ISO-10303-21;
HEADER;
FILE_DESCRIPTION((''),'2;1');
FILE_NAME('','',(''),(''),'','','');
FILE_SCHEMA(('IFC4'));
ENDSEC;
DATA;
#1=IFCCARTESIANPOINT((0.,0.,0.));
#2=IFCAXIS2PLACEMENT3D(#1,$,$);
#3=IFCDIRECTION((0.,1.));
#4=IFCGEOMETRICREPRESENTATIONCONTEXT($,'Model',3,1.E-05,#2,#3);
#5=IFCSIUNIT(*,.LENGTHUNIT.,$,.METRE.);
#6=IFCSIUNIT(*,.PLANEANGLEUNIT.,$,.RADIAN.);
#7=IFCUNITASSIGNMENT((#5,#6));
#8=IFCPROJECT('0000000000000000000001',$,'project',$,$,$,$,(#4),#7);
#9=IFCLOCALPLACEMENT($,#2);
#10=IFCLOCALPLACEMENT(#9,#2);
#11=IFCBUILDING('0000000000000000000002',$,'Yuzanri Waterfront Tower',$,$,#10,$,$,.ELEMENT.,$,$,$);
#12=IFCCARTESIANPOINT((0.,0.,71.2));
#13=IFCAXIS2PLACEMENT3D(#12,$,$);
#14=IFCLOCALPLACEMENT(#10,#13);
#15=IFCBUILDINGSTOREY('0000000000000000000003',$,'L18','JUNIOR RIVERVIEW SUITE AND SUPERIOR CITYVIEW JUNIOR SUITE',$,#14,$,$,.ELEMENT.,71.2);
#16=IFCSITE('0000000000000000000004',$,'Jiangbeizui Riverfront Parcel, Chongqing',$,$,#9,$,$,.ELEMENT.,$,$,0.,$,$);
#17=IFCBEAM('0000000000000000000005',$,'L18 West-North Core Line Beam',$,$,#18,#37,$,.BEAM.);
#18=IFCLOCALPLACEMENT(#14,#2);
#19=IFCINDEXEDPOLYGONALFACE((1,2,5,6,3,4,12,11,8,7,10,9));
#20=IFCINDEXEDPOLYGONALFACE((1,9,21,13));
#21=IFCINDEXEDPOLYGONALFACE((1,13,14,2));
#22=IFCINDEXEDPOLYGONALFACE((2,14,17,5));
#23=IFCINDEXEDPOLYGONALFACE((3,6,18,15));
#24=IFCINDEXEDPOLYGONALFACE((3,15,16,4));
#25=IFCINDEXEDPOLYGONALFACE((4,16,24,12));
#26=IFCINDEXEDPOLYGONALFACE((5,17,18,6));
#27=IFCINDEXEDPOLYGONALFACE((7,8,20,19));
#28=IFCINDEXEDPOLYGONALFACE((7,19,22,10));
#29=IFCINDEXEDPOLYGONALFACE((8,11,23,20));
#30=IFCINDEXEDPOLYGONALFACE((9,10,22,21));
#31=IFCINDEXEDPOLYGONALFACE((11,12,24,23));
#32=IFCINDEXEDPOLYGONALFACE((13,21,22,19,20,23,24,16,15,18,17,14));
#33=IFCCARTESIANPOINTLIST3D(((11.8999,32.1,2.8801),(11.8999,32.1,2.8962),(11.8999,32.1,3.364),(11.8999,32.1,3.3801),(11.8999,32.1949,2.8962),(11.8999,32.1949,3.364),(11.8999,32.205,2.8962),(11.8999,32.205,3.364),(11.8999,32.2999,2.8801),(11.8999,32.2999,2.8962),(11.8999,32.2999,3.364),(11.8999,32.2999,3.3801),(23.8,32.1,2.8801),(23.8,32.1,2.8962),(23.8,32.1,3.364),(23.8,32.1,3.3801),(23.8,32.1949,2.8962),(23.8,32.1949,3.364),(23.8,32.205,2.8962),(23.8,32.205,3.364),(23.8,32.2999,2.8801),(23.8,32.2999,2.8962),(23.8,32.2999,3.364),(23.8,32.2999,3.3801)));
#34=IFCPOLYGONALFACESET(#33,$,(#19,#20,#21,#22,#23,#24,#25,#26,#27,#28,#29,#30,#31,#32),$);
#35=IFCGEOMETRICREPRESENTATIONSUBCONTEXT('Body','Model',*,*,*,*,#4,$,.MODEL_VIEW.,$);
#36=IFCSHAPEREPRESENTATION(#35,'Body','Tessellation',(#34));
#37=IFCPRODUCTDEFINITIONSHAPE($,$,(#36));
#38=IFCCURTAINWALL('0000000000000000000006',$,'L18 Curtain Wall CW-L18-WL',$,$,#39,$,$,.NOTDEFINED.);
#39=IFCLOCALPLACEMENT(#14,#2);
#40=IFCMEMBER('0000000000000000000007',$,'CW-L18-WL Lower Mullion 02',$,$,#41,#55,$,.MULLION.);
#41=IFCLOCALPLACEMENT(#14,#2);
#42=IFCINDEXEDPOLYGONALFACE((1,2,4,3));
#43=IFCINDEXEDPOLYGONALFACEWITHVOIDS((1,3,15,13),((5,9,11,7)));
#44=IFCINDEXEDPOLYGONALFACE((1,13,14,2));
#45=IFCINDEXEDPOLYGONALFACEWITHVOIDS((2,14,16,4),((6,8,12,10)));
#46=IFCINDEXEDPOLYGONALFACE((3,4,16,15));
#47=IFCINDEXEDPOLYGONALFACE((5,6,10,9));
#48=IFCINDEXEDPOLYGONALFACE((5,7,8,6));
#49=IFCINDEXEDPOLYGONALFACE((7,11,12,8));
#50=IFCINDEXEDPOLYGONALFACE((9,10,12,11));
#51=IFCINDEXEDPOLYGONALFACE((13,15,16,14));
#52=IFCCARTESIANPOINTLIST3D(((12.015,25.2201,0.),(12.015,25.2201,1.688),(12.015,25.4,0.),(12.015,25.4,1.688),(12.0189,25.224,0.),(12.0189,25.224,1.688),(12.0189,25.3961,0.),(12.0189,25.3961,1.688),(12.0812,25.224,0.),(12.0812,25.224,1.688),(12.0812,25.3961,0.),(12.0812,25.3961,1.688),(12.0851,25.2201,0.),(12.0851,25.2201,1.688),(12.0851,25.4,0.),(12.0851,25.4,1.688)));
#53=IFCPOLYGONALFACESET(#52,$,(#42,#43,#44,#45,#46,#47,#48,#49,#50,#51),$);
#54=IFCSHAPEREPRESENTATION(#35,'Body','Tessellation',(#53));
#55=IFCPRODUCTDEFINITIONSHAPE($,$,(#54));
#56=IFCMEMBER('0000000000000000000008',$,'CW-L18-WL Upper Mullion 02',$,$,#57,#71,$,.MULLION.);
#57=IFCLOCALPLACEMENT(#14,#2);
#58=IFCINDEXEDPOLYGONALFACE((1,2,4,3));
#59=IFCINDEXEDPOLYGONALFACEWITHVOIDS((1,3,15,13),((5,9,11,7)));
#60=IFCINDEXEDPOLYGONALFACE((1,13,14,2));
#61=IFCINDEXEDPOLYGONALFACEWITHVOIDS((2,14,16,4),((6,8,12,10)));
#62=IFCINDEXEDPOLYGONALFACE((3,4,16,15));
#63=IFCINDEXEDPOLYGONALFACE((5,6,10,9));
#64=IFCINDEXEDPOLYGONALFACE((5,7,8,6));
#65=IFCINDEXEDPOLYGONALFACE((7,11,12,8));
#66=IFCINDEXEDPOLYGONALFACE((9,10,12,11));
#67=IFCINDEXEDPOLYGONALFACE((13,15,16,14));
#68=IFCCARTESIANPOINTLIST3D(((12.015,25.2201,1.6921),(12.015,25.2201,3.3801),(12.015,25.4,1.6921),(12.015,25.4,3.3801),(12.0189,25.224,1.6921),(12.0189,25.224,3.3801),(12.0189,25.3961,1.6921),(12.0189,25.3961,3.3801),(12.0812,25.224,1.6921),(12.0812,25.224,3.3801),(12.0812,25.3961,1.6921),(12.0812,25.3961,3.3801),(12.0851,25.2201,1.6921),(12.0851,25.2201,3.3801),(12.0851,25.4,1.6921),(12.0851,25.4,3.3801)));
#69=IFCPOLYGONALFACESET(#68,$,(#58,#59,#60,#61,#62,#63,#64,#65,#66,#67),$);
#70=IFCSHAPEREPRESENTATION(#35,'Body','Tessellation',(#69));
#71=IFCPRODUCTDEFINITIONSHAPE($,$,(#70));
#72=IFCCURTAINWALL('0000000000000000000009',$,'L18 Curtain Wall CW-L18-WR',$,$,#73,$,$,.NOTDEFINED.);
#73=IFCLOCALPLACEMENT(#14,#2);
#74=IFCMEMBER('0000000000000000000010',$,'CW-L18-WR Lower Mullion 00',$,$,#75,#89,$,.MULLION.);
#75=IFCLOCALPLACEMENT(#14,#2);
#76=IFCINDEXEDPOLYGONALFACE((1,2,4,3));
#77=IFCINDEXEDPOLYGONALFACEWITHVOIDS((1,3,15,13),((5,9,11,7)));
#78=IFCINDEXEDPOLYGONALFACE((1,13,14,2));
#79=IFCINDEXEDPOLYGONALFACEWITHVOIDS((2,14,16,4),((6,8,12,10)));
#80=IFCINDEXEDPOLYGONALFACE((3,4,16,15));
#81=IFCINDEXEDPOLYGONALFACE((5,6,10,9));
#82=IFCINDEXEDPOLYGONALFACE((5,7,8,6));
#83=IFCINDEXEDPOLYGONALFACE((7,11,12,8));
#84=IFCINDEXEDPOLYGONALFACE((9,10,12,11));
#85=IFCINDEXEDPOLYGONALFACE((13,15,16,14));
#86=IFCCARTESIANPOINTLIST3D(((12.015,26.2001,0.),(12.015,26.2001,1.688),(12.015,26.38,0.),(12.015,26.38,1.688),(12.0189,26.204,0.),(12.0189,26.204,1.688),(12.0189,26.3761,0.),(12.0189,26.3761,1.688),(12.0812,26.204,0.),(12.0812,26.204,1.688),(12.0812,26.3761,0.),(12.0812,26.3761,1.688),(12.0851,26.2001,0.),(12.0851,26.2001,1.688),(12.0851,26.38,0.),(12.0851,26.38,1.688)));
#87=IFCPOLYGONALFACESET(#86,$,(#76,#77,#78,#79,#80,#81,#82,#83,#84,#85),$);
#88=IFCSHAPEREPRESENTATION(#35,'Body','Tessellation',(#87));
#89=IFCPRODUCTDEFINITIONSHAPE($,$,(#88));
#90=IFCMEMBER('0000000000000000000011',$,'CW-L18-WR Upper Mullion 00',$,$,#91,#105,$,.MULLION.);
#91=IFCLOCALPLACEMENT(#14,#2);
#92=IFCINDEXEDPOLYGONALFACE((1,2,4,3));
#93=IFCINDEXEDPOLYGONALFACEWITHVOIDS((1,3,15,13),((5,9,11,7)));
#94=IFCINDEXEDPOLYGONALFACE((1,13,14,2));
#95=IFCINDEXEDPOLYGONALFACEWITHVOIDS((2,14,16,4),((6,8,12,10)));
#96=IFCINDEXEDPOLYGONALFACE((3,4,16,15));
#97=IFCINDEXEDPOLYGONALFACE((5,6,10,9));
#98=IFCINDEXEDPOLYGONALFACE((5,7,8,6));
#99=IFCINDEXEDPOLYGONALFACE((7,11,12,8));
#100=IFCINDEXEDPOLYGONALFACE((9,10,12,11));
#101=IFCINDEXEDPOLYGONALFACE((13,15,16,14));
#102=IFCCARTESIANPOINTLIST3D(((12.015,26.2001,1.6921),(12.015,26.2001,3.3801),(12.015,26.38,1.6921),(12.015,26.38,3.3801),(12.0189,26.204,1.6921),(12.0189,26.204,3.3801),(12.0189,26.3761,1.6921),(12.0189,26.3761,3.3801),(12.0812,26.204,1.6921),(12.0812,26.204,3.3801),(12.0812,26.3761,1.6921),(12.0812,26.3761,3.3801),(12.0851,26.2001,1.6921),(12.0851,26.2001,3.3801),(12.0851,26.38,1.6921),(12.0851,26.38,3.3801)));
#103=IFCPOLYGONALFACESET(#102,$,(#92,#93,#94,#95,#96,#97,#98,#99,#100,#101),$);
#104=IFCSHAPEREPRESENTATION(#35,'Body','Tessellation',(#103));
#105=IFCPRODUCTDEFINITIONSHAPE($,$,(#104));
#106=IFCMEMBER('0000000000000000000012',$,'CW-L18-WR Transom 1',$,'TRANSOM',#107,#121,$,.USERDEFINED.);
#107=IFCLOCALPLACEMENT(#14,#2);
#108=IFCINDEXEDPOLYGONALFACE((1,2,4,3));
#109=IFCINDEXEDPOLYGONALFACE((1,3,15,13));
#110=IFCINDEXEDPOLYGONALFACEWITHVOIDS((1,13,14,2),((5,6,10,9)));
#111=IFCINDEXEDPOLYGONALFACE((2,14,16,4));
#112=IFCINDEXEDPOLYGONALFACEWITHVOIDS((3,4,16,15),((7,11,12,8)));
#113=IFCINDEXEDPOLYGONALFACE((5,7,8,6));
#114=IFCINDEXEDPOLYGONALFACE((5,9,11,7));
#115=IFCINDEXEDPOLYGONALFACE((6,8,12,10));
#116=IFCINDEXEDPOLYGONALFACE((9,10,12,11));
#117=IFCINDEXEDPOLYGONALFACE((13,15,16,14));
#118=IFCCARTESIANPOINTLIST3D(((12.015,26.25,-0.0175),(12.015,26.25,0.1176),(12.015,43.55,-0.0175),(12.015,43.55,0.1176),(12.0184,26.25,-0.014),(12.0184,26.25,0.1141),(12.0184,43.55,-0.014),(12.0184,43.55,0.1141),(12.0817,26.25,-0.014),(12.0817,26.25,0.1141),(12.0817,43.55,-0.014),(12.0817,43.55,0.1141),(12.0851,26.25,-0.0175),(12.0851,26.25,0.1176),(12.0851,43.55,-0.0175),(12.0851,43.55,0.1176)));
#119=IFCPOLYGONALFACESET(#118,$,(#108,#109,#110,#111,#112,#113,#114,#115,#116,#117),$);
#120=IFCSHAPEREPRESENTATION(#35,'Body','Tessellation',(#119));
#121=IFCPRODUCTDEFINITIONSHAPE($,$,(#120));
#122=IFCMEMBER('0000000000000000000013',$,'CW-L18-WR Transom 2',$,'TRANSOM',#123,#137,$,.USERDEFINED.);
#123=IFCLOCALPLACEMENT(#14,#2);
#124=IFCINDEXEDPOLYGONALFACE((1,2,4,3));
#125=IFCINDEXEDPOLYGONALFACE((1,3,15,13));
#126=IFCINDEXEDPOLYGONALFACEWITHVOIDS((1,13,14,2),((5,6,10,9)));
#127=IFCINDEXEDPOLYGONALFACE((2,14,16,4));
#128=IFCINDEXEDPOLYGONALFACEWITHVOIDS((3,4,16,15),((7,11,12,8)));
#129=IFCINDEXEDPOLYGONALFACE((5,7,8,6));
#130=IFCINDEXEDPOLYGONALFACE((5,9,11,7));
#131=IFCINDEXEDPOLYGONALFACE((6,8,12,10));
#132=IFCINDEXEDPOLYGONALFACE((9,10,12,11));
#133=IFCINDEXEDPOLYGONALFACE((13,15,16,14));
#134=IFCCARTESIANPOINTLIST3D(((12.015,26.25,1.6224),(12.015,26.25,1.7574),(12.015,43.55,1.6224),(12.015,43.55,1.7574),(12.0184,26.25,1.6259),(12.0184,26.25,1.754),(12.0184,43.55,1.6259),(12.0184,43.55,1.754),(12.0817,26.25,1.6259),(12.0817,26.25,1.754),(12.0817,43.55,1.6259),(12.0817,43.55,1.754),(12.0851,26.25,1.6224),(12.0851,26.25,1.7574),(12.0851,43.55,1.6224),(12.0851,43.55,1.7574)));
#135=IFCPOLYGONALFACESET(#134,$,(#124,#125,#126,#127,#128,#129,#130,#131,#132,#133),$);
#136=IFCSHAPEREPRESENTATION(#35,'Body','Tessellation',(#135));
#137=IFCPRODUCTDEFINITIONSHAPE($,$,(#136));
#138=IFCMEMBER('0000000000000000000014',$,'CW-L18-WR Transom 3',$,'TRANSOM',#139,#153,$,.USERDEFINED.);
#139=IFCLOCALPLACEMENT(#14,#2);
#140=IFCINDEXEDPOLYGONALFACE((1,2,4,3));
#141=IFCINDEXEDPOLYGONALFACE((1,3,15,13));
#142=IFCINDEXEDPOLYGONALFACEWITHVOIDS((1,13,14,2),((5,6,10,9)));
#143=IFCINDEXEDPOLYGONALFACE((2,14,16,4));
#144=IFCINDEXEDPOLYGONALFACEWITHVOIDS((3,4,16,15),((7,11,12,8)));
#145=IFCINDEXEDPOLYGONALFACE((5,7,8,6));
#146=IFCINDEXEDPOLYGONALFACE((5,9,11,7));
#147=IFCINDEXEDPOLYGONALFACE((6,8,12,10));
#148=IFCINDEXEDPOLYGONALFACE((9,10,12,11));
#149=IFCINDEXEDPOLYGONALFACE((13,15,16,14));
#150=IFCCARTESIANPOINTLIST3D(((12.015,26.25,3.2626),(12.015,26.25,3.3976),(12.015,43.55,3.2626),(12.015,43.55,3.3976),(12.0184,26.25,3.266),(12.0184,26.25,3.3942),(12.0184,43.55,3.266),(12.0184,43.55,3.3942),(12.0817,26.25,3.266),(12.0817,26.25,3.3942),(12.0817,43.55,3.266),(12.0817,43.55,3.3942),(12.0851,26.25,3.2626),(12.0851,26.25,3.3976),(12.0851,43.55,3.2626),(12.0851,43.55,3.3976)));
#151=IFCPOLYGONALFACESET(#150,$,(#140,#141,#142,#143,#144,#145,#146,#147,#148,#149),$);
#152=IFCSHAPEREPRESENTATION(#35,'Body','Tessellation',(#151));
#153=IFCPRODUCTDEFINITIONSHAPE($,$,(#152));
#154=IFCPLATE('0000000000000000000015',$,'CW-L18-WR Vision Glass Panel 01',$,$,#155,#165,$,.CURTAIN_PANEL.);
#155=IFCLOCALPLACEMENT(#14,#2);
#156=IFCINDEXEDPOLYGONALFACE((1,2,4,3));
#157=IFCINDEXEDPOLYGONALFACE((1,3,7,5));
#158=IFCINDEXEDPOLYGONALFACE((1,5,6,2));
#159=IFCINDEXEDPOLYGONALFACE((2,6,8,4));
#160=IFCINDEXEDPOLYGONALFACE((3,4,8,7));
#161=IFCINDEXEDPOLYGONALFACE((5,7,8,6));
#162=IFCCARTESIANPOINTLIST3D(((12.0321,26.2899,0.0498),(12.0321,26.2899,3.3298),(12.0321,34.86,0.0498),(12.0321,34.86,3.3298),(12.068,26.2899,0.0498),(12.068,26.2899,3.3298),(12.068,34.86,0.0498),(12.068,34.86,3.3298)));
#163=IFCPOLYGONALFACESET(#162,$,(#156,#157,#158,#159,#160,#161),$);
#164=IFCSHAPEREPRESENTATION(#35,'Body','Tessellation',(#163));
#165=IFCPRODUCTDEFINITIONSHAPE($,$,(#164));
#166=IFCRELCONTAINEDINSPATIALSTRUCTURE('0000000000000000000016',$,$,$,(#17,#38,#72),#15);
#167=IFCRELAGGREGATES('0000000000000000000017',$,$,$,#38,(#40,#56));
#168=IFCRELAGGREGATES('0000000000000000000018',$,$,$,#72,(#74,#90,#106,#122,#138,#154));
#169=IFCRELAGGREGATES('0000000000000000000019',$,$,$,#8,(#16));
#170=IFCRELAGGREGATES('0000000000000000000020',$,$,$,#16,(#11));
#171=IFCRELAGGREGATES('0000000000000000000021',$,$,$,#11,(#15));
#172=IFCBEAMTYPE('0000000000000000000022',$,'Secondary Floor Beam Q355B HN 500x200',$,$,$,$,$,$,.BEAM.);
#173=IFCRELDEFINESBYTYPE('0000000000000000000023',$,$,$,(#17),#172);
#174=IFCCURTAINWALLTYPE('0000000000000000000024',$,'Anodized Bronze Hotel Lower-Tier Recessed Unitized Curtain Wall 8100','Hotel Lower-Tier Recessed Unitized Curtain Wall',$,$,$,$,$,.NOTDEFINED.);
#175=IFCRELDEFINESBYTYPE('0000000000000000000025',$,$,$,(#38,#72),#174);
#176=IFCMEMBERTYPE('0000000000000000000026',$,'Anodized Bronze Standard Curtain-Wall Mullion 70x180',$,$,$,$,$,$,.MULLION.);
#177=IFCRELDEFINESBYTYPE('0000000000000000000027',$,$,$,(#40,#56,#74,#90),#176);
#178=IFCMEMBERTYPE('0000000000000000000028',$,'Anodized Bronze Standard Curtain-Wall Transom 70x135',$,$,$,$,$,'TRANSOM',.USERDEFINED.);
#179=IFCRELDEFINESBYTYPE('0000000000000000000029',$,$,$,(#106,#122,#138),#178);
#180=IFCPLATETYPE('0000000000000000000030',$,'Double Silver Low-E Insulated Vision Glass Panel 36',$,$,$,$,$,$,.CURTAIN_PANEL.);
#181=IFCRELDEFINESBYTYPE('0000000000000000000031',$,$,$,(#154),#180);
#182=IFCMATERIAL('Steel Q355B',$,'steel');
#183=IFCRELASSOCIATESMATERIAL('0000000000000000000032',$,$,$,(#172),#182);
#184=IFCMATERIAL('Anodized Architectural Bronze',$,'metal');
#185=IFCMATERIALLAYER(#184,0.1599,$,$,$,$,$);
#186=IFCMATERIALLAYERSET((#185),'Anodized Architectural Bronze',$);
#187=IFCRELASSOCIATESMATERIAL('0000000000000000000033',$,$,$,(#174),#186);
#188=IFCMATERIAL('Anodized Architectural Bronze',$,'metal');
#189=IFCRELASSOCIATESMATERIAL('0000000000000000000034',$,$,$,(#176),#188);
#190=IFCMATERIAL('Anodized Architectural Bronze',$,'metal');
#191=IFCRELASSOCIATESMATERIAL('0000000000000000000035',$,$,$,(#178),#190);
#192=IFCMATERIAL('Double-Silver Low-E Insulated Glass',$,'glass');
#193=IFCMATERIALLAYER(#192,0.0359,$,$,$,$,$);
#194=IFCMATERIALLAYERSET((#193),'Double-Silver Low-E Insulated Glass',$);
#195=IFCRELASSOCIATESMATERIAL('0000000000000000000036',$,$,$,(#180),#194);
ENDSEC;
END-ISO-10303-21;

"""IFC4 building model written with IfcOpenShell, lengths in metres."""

from ifc_helpers import new_model, si_unit, direction, frame, origin, origin_2d, place, context, subcontext, project, spatial, rectangle, hollow_rectangle, i_section, extrude, source, transform, mapped, material, layer, layer_set, material_profile, profile_set, type_object, element, aggregate, save


model = new_model("IFC4")

# Units and contexts
model_context = context("Model", 3, precision=1e-05, world=origin(), true_north=direction((0.0, 1.0)))
body_context = subcontext(model_context, "Body", "Model", "MODEL_VIEW")
ifc_project = project(units=[si_unit("LENGTHUNIT", "METRE"), si_unit("PLANEANGLEUNIT", "RADIAN")], contexts=[model_context])

# Site, building, storey
site_placement = place(None, origin())
site = spatial("IfcSite", under=ifc_project, at=site_placement, Name="Jiangbeizui Riverfront Parcel, Chongqing", CompositionType="ELEMENT", RefElevation=0.0)
building_placement = place(site_placement, origin())
building = spatial("IfcBuilding", under=site, at=building_placement, Name="Yuzanri Waterfront Tower", CompositionType="ELEMENT")
storey_placement = place(building_placement, frame((0.0, 0.0, 71.2)))
storey = spatial("IfcBuildingStorey", under=building, at=storey_placement, Name="L18", Description="JUNIOR RIVERVIEW SUITE AND SUPERIOR CITYVIEW JUNIOR SUITE", CompositionType="ELEMENT", Elevation=71.2)

# Beam
ifc_material_1 = material(Name="Steel Q355B", Category="steel")
ifc_material_profile_1 = material_profile(ifc_material_1, i_section(OverallWidth=0.2, OverallDepth=0.5, WebThickness=0.01, FlangeThickness=0.0161, at=origin_2d()), Name="HN 500x200x10x16")
ifc_profile_set_1 = profile_set([ifc_material_profile_1], Name="Steel Q355B")
beam_type_1 = type_object("IfcBeamType", Name="Secondary Floor Beam Q355B HN 500x200", PredefinedType="BEAM", material=ifc_profile_set_1)
shared_shape_1 = source(origin(), body_context, "Body", "SweptSolid", [
    extrude(i_section(OverallWidth=0.2, OverallDepth=0.5, WebThickness=0.01, FlangeThickness=0.0161, at=origin_2d()), origin(), (0.0, 0.0, 1.0), 11.9001),
])
beam_1_placement = place(storey_placement, frame((23.8, 32.2, 3.1301), z_axis=(-1.0, 0.0, 0.0), x_axis=(0.0, -1.0, 0.0)))
element("IfcBeam", 1, at=beam_1_placement, inside=storey, type_object=beam_type_1, Name="L18 West-North Core Line Beam", PredefinedType="BEAM", context=body_context, shape_type="MappedRepresentation", body=[
    mapped(shared_shape_1, transform((0.0, 0.0, 0.0), scale=1.0)),
])

# Curtain wall, members
ifc_material_2 = material(Name="Anodized Architectural Bronze", Category="metal")
ifc_layer_1 = layer(ifc_material_2, 0.1599)
ifc_layer_set_1 = layer_set([ifc_layer_1], Name="Anodized Architectural Bronze")
curtain_wall_type = type_object("IfcCurtainWallType", Name="Anodized Bronze Hotel Lower-Tier Recessed Unitized Curtain Wall 8100", Description="Hotel Lower-Tier Recessed Unitized Curtain Wall", PredefinedType="NOTDEFINED", material=ifc_layer_set_1)
curtain_wall_1_placement = place(storey_placement, origin())
curtain_wall_1 = element("IfcCurtainWall", 2, at=curtain_wall_1_placement, inside=storey, type_object=curtain_wall_type, Name="L18 Curtain Wall CW-L18-WL", PredefinedType="NOTDEFINED")
ifc_material_3 = material(Name="Anodized Architectural Bronze", Category="metal")
ifc_material_profile_2 = material_profile(ifc_material_3, hollow_rectangle(XDim=0.0701, YDim=0.1799, WallThickness=0.0039, at=origin_2d()), Name="CWM 70x180")
ifc_profile_set_2 = profile_set([ifc_material_profile_2], Name="Anodized Architectural Bronze")
member_type_1 = type_object("IfcMemberType", Name="Anodized Bronze Standard Curtain-Wall Mullion 70x180", PredefinedType="MULLION", material=ifc_profile_set_2)
shared_shape_2 = source(origin(), body_context, "Body", "SweptSolid", [
    extrude(hollow_rectangle(XDim=0.0701, YDim=0.1799, WallThickness=0.0039, at=origin_2d()), origin(), (0.0, 0.0, 1.0), 1.688),
])
member_1_placement = place(storey_placement, frame((12.05, 25.3101, 0.0), z_axis=(0.0, 0.0, 1.0), x_axis=(1.0, 0.0, 0.0)))
member_1 = element("IfcMember", 3, at=member_1_placement, type_object=member_type_1, Name="CW-L18-WL Lower Mullion 02", PredefinedType="MULLION", context=body_context, shape_type="MappedRepresentation", body=[
    mapped(shared_shape_2, transform((0.0, 0.0, 0.0), scale=1.0)),
])
member_2_placement = place(storey_placement, frame((12.05, 25.3101, 1.6921), z_axis=(0.0, 0.0, 1.0), x_axis=(1.0, 0.0, 0.0)))
member_2 = element("IfcMember", 4, at=member_2_placement, type_object=member_type_1, Name="CW-L18-WL Upper Mullion 02", PredefinedType="MULLION", context=body_context, shape_type="MappedRepresentation", body=[
    mapped(shared_shape_2, transform((0.0, 0.0, 0.0), scale=1.0)),
])
aggregate(curtain_wall_1, [member_1, member_2])

# Curtain wall, members, plate
curtain_wall_2_placement = place(storey_placement, origin())
curtain_wall_2 = element("IfcCurtainWall", 5, at=curtain_wall_2_placement, inside=storey, type_object=curtain_wall_type, Name="L18 Curtain Wall CW-L18-WR", PredefinedType="NOTDEFINED")
member_3_placement = place(storey_placement, frame((12.05, 26.29, 0.0), z_axis=(0.0, 0.0, 1.0), x_axis=(1.0, 0.0, 0.0)))
member_3 = element("IfcMember", 6, at=member_3_placement, type_object=member_type_1, Name="CW-L18-WR Lower Mullion 00", PredefinedType="MULLION", context=body_context, shape_type="MappedRepresentation", body=[
    mapped(shared_shape_2, transform((0.0, 0.0, 0.0), scale=1.0)),
])
member_4_placement = place(storey_placement, frame((12.05, 26.29, 1.6921), z_axis=(0.0, 0.0, 1.0), x_axis=(1.0, 0.0, 0.0)))
member_4 = element("IfcMember", 7, at=member_4_placement, type_object=member_type_1, Name="CW-L18-WR Upper Mullion 00", PredefinedType="MULLION", context=body_context, shape_type="MappedRepresentation", body=[
    mapped(shared_shape_2, transform((0.0, 0.0, 0.0), scale=1.0)),
])
ifc_material_4 = material(Name="Anodized Architectural Bronze", Category="metal")
ifc_material_profile_3 = material_profile(ifc_material_4, hollow_rectangle(XDim=0.0701, YDim=0.135, WallThickness=0.0034, at=origin_2d()), Name="CWT 70x135")
ifc_profile_set_3 = profile_set([ifc_material_profile_3], Name="Anodized Architectural Bronze")
member_type_2 = type_object("IfcMemberType", Name="Anodized Bronze Standard Curtain-Wall Transom 70x135", ElementType="TRANSOM", PredefinedType="USERDEFINED", material=ifc_profile_set_3)
shared_shape_3 = source(origin(), body_context, "Body", "SweptSolid", [
    extrude(hollow_rectangle(XDim=0.0701, YDim=0.135, WallThickness=0.0034, at=origin_2d()), origin(), (0.0, 0.0, 1.0), 17.3),
])
member_5_placement = place(storey_placement, frame((12.05, 26.25, 0.05), z_axis=(0.0, 1.0, 0.0), x_axis=(-1.0, 0.0, 0.0)))
member_5 = element("IfcMember", 8, at=member_5_placement, type_object=member_type_2, Name="CW-L18-WR Transom 1", ObjectType="TRANSOM", PredefinedType="USERDEFINED", context=body_context, shape_type="MappedRepresentation", body=[
    mapped(shared_shape_3, transform((0.0, 0.0, 0.0), scale=1.0)),
])
member_6_placement = place(storey_placement, frame((12.05, 26.25, 1.6899), z_axis=(0.0, 1.0, 0.0), x_axis=(-1.0, 0.0, 0.0)))
member_6 = element("IfcMember", 9, at=member_6_placement, type_object=member_type_2, Name="CW-L18-WR Transom 2", ObjectType="TRANSOM", PredefinedType="USERDEFINED", context=body_context, shape_type="MappedRepresentation", body=[
    mapped(shared_shape_3, transform((0.0, 0.0, 0.0), scale=1.0)),
])
member_7_placement = place(storey_placement, frame((12.05, 26.25, 3.3301), z_axis=(0.0, 1.0, 0.0), x_axis=(-1.0, 0.0, 0.0)))
member_7 = element("IfcMember", 10, at=member_7_placement, type_object=member_type_2, Name="CW-L18-WR Transom 3", ObjectType="TRANSOM", PredefinedType="USERDEFINED", context=body_context, shape_type="MappedRepresentation", body=[
    mapped(shared_shape_3, transform((0.0, 0.0, 0.0), scale=1.0)),
])
ifc_material_5 = material(Name="Double-Silver Low-E Insulated Glass", Category="glass")
ifc_layer_2 = layer(ifc_material_5, 0.0359)
ifc_layer_set_2 = layer_set([ifc_layer_2], Name="Double-Silver Low-E Insulated Glass")
plate_type = type_object("IfcPlateType", Name="Double Silver Low-E Insulated Vision Glass Panel 36", PredefinedType="CURTAIN_PANEL", material=ifc_layer_set_2)
shared_shape_4 = source(origin(), body_context, "Body", "SweptSolid", [
    extrude(rectangle(XDim=8.5701, YDim=0.0359, at=origin_2d()), origin(), (0.0, 0.0, 1.0), 3.28),
])
plate_placement = place(storey_placement, frame((12.05, 30.575, 0.0498), z_axis=(0.0, 0.0, 1.0), x_axis=(0.0, 1.0, 0.0)))
plate = element("IfcPlate", 11, at=plate_placement, type_object=plate_type, Name="CW-L18-WR Vision Glass Panel 01", PredefinedType="CURTAIN_PANEL", context=body_context, shape_type="MappedRepresentation", body=[
    mapped(shared_shape_4, transform((0.0, 0.0, 0.0), scale=1.0)),
])
aggregate(curtain_wall_2, [member_3, member_4, member_5, member_6, member_7, plate])

save(model, "model.ifc")
